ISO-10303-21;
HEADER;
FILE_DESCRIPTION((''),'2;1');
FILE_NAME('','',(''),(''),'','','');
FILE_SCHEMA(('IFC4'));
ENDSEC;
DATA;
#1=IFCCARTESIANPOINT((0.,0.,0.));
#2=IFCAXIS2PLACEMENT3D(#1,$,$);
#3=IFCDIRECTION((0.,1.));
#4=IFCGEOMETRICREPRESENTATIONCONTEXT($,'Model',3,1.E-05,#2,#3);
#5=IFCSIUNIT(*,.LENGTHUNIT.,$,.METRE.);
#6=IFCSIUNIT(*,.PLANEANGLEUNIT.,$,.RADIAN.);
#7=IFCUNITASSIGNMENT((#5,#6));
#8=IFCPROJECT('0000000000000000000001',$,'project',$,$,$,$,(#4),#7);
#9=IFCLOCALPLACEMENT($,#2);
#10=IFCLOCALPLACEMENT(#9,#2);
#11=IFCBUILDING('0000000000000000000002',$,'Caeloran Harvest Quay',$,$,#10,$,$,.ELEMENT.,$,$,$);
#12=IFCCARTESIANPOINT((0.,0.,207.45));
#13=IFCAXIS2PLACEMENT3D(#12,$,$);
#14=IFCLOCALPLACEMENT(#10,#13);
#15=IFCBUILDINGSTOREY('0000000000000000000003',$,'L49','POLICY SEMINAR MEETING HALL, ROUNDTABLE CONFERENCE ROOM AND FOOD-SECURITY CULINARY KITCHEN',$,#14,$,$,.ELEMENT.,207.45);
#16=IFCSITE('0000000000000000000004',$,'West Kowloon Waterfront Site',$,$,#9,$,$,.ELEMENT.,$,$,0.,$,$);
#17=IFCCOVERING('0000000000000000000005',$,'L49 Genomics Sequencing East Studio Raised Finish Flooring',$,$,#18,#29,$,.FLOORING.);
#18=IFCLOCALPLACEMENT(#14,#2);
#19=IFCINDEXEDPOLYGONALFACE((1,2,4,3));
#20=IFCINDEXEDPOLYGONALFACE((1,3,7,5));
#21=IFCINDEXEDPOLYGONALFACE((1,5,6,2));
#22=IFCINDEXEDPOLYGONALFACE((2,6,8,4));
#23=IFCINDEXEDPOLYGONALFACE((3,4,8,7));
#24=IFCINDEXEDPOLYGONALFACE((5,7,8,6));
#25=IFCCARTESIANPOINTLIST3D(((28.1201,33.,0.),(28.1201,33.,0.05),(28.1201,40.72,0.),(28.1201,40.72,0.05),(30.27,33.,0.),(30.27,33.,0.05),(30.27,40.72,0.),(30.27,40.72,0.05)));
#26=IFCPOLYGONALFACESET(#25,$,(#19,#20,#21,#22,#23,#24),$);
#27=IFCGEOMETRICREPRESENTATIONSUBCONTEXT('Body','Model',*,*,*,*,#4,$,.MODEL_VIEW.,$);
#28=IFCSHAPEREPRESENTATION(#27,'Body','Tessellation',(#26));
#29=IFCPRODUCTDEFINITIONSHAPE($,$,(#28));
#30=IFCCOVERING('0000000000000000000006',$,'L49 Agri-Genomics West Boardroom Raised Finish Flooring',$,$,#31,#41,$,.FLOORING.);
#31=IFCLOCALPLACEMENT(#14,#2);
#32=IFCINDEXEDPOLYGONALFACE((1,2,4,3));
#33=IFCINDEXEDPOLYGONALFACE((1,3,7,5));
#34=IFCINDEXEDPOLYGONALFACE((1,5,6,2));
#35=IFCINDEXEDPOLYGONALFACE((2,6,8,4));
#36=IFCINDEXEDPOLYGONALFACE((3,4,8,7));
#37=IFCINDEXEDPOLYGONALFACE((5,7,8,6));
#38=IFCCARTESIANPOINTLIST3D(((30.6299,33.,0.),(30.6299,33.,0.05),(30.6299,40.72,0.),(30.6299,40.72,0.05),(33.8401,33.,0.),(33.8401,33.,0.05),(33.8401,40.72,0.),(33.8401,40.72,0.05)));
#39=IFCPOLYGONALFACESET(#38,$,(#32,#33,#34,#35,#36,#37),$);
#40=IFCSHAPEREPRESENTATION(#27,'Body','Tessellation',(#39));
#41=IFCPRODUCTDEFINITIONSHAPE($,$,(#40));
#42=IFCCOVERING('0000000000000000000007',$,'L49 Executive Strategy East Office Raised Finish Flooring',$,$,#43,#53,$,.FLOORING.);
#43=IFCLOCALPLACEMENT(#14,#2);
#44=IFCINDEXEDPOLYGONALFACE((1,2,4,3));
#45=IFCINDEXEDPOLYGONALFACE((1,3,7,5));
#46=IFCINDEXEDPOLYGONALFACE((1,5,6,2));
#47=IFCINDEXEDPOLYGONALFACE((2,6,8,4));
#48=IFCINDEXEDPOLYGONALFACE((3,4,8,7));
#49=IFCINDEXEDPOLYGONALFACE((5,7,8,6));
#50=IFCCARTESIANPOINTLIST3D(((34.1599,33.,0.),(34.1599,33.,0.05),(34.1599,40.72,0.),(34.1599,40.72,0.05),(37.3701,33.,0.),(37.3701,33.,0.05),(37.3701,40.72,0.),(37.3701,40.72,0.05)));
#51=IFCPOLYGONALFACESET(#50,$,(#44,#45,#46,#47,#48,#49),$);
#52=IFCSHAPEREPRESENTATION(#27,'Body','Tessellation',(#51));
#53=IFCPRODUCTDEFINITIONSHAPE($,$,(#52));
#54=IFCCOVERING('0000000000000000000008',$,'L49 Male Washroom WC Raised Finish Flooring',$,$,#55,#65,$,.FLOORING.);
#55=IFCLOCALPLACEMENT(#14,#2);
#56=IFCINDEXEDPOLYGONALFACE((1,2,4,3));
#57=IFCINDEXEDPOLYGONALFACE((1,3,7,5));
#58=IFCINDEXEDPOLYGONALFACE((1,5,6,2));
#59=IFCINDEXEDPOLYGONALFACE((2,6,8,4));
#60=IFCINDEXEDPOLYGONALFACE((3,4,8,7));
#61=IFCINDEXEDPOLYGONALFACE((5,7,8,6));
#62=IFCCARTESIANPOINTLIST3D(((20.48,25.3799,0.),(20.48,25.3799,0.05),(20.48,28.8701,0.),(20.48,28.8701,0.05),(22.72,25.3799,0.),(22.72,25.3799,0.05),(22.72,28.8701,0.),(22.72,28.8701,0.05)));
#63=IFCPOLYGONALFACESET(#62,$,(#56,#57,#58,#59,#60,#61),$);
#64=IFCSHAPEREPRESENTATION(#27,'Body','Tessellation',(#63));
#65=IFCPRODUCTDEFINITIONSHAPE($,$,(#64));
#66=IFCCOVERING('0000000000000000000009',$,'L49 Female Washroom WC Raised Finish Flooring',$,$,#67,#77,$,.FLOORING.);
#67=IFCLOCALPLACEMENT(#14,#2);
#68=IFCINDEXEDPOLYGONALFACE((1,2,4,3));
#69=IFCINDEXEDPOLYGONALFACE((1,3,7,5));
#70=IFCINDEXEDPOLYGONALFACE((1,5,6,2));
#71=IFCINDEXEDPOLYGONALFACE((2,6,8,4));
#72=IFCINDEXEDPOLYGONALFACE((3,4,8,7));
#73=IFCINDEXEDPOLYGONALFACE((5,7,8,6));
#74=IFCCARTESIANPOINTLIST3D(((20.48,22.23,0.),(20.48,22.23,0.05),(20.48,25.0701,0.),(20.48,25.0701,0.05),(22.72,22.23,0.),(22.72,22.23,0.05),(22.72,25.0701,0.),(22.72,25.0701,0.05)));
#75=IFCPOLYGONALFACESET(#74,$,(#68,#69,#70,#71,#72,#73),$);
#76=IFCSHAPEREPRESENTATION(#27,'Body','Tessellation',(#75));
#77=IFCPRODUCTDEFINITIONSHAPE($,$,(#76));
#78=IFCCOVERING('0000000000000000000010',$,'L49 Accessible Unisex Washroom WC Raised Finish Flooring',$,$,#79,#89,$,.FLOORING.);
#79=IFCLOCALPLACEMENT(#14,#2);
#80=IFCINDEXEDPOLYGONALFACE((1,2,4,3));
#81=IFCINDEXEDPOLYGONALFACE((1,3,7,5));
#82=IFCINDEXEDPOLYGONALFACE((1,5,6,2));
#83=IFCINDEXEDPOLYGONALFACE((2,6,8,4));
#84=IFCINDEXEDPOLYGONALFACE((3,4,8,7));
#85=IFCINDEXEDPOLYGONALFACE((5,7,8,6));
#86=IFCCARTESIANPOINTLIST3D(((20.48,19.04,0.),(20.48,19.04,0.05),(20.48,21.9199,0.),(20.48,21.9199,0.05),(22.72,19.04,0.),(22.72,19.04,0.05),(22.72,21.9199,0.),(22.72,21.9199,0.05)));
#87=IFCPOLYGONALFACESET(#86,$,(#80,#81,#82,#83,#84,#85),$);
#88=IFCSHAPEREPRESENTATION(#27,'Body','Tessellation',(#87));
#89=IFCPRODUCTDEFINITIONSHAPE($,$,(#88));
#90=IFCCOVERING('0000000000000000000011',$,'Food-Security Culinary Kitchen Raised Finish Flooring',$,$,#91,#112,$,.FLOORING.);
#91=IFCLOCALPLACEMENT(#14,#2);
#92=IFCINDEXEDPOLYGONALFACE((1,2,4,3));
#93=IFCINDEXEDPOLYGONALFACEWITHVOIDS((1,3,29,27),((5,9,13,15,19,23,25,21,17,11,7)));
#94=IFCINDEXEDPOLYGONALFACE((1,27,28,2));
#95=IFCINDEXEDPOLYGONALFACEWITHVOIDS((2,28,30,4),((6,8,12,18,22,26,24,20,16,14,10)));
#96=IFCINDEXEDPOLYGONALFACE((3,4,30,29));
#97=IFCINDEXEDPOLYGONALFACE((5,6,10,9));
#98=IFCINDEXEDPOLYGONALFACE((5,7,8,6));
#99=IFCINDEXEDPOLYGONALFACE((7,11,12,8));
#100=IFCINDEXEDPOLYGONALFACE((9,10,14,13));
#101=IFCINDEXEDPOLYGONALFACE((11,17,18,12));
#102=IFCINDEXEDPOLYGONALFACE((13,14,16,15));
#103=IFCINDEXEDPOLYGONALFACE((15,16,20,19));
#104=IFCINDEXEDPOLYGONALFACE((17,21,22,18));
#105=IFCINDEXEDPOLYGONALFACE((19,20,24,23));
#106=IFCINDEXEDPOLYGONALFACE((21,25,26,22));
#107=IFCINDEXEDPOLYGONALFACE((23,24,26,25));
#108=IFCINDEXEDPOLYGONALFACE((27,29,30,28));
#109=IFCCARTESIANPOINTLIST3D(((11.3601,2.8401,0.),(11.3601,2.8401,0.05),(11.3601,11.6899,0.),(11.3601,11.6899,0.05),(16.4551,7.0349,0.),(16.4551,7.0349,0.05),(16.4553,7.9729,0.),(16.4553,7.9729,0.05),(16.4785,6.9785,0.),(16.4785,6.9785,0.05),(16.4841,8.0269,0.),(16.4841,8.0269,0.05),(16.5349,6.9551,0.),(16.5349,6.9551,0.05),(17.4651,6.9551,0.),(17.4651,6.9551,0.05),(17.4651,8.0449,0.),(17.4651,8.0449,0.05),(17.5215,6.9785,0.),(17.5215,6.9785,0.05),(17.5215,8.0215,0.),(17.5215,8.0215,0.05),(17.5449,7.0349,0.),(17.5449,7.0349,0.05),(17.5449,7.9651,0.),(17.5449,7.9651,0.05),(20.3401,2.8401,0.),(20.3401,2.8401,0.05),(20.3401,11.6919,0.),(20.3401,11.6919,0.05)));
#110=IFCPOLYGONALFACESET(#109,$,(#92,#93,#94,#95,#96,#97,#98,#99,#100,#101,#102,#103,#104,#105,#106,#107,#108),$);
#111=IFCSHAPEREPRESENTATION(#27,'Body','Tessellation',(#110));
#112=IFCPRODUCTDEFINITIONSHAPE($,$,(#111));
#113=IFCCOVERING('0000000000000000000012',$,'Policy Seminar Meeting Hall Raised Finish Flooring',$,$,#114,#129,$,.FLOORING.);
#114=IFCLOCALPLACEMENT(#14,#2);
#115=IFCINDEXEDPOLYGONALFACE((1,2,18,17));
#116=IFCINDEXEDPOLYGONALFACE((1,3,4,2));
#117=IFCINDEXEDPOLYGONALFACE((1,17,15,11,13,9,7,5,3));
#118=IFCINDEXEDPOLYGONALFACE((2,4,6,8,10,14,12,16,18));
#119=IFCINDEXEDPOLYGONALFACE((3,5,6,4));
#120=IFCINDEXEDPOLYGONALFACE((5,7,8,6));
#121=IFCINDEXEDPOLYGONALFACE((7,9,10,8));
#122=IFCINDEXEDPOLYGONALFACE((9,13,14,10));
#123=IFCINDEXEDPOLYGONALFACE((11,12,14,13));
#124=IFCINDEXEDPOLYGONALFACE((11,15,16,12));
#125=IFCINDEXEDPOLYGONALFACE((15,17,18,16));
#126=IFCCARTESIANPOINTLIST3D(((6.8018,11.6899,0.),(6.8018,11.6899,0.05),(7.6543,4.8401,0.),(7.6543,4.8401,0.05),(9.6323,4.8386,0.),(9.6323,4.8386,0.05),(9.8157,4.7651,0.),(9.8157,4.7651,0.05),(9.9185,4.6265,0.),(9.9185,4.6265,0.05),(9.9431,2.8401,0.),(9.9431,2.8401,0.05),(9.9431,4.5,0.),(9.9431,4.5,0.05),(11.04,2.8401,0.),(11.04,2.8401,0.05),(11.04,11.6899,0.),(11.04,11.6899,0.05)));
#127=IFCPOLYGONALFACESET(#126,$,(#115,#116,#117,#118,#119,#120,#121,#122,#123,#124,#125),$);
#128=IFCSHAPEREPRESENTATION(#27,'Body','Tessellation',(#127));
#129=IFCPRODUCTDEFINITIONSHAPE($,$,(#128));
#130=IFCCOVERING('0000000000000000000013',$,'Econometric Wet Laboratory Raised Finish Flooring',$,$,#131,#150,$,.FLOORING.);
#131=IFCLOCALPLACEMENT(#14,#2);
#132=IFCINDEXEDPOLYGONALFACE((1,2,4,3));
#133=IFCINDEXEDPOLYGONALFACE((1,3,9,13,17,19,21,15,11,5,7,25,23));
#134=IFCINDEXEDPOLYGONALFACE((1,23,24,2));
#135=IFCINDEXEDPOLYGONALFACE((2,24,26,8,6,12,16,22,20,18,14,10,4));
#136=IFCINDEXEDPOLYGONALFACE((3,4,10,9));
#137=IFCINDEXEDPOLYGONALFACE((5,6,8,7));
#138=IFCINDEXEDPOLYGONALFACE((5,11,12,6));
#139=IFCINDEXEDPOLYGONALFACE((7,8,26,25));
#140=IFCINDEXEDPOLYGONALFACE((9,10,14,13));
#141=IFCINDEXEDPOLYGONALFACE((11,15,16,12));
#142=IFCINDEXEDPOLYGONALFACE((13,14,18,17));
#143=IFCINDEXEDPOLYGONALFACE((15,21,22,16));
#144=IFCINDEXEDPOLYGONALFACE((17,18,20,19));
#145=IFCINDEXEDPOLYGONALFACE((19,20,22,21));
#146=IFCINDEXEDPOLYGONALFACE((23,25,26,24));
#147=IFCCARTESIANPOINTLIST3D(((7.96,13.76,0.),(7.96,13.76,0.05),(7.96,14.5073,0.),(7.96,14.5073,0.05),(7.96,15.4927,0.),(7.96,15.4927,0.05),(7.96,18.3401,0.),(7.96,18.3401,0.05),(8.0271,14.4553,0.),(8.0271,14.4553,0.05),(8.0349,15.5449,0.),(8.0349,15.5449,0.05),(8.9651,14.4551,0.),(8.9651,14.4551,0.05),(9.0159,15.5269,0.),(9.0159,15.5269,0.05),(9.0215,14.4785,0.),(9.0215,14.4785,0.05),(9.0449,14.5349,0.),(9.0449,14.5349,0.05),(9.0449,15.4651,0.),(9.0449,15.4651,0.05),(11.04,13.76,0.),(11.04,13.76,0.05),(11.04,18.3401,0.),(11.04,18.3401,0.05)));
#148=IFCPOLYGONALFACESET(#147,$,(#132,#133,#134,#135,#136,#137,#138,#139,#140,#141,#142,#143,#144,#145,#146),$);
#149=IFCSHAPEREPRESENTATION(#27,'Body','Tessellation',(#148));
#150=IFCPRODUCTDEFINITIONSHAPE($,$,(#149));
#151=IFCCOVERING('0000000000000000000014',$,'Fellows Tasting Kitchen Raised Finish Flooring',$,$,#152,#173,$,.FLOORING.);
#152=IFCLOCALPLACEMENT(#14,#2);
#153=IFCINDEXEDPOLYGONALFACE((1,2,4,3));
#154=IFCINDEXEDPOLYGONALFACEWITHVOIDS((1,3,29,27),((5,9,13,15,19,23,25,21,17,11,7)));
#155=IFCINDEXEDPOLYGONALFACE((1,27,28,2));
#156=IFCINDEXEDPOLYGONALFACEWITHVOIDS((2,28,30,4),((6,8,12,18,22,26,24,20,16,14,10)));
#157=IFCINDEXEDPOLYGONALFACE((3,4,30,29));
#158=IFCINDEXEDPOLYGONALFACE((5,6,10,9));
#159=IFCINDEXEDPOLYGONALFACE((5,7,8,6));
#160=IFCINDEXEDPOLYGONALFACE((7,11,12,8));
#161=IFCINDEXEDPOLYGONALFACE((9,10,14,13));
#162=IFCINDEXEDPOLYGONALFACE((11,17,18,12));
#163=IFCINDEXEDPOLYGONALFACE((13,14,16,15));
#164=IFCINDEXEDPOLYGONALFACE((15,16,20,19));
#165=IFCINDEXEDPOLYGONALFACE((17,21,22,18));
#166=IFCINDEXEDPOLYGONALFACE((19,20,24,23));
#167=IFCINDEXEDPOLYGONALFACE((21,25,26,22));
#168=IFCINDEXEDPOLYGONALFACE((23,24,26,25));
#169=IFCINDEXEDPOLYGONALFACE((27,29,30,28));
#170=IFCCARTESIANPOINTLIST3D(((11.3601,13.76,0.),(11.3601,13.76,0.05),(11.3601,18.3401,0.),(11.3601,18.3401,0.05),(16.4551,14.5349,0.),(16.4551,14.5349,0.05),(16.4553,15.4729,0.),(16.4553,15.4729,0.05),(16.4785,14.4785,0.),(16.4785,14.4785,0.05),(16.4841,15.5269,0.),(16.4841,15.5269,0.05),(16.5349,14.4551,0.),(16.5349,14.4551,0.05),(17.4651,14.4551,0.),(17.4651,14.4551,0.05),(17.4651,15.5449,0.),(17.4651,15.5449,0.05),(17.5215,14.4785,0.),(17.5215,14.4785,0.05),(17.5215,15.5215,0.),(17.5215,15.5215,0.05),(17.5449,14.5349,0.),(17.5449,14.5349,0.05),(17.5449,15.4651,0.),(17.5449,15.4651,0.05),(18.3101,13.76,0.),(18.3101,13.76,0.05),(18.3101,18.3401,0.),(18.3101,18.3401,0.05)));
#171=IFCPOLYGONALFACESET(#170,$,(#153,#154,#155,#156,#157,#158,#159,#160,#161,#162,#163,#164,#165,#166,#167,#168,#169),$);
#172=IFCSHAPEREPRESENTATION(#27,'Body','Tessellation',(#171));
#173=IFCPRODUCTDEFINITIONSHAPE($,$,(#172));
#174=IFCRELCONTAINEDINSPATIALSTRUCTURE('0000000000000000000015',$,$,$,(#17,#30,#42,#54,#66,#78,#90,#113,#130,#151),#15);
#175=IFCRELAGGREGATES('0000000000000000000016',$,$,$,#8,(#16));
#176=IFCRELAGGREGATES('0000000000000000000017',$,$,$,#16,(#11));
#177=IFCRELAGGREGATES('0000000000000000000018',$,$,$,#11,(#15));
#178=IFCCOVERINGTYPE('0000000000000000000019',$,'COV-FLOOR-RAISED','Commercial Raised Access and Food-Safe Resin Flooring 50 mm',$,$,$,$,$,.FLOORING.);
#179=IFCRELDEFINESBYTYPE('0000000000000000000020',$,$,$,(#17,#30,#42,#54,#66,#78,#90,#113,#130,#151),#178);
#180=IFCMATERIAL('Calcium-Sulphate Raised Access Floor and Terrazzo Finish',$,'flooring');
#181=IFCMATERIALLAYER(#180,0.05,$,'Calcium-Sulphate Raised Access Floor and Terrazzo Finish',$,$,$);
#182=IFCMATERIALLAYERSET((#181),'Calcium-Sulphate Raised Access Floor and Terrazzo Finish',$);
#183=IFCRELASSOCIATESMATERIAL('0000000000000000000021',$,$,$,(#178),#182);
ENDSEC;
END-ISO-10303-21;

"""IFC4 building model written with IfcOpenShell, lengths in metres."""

from ifc_helpers import new_model, si_unit, direction, frame, origin, place, context, subcontext, project, spatial, polyline, outline, extrude, material, layer, layer_set, type_object, element, save


model = new_model("IFC4")

# Units and contexts
model_context = context("Model", 3, precision=1e-05, world=origin(), true_north=direction((0.0, 1.0)))
body_context = subcontext(model_context, "Body", "Model", "MODEL_VIEW")
ifc_project = project(units=[si_unit("LENGTHUNIT", "METRE"), si_unit("PLANEANGLEUNIT", "RADIAN")], contexts=[model_context])

# Site, building, storey
site_placement = place(None, origin())
site = spatial("IfcSite", under=ifc_project, at=site_placement, Name="West Kowloon Waterfront Site", CompositionType="ELEMENT", RefElevation=0.0)
building_placement = place(site_placement, origin())
building = spatial("IfcBuilding", under=site, at=building_placement, Name="Caeloran Harvest Quay", CompositionType="ELEMENT")
storey_placement = place(building_placement, frame((0.0, 0.0, 207.45)))
storey = spatial("IfcBuildingStorey", under=building, at=storey_placement, Name="L49", Description="POLICY SEMINAR MEETING HALL, ROUNDTABLE CONFERENCE ROOM AND FOOD-SECURITY CULINARY KITCHEN", CompositionType="ELEMENT", Elevation=207.45)

# Coverings
ifc_material_1 = material(Name="Calcium-Sulphate Raised Access Floor and Terrazzo Finish", Category="flooring")
ifc_layer_1 = layer(ifc_material_1, 0.05, Name="Calcium-Sulphate Raised Access Floor and Terrazzo Finish")
ifc_layer_set_1 = layer_set([ifc_layer_1], Name="Calcium-Sulphate Raised Access Floor and Terrazzo Finish")
covering_type_1 = type_object("IfcCoveringType", Name="COV-FLOOR-RAISED", Description="Commercial Raised Access and Food-Safe Resin Flooring 50 mm", PredefinedType="FLOORING", material=ifc_layer_set_1)
covering_1_placement = place(storey_placement, origin())
element("IfcCovering", 1, at=covering_1_placement, inside=storey, type_object=covering_type_1, Name="L49 Genomics Sequencing East Studio Raised Finish Flooring", PredefinedType="FLOORING", context=body_context, shape_type="SweptSolid", body=[
    extrude(outline(polyline([(30.27, 40.72), (30.27, 33.0), (28.1201, 33.0), (28.1201, 40.72), (30.27, 40.72)])), origin(), (0.0, 0.0, 1.0), 0.05),
])
covering_2_placement = place(storey_placement, origin())
element("IfcCovering", 2, at=covering_2_placement, inside=storey, type_object=covering_type_1, Name="L49 Agri-Genomics West Boardroom Raised Finish Flooring", PredefinedType="FLOORING", context=body_context, shape_type="SweptSolid", body=[
    extrude(outline(polyline([(33.8401, 40.72), (33.8401, 33.0), (30.6299, 33.0), (30.6299, 40.72), (33.8401, 40.72)])), origin(), (0.0, 0.0, 1.0), 0.05),
])
covering_3_placement = place(storey_placement, origin())
element("IfcCovering", 3, at=covering_3_placement, inside=storey, type_object=covering_type_1, Name="L49 Executive Strategy East Office Raised Finish Flooring", PredefinedType="FLOORING", context=body_context, shape_type="SweptSolid", body=[
    extrude(outline(polyline([(37.3701, 40.72), (37.3701, 33.0), (34.1599, 33.0), (34.1599, 40.72), (37.3701, 40.72)])), origin(), (0.0, 0.0, 1.0), 0.05),
])
covering_4_placement = place(storey_placement, origin())
element("IfcCovering", 4, at=covering_4_placement, inside=storey, type_object=covering_type_1, Name="L49 Male Washroom WC Raised Finish Flooring", PredefinedType="FLOORING", context=body_context, shape_type="SweptSolid", body=[
    extrude(outline(polyline([(22.72, 28.8701), (22.72, 25.3799), (20.48, 25.3799), (20.48, 28.8701), (22.72, 28.8701)])), origin(), (0.0, 0.0, 1.0), 0.05),
])
covering_5_placement = place(storey_placement, origin())
element("IfcCovering", 5, at=covering_5_placement, inside=storey, type_object=covering_type_1, Name="L49 Female Washroom WC Raised Finish Flooring", PredefinedType="FLOORING", context=body_context, shape_type="SweptSolid", body=[
    extrude(outline(polyline([(22.72, 25.0701), (22.72, 22.23), (20.48, 22.23), (20.48, 25.0701), (22.72, 25.0701)])), origin(), (0.0, 0.0, 1.0), 0.05),
])
covering_6_placement = place(storey_placement, origin())
element("IfcCovering", 6, at=covering_6_placement, inside=storey, type_object=covering_type_1, Name="L49 Accessible Unisex Washroom WC Raised Finish Flooring", PredefinedType="FLOORING", context=body_context, shape_type="SweptSolid", body=[
    extrude(outline(polyline([(22.72, 21.9199), (22.72, 19.04), (20.48, 19.04), (20.48, 21.9199), (22.72, 21.9199)])), origin(), (0.0, 0.0, 1.0), 0.05),
])
covering_7_placement = place(storey_placement, origin())
element("IfcCovering", 7, at=covering_7_placement, inside=storey, type_object=covering_type_1, Name="Food-Security Culinary Kitchen Raised Finish Flooring", PredefinedType="FLOORING", context=body_context, shape_type="SweptSolid", body=[
    extrude(outline(polyline([(11.3601, 2.8401), (11.3601, 11.6899), (20.3401, 11.6919), (20.3401, 2.8401), (11.3601, 2.8401)]), holes=[polyline([(17.4651, 8.0449), (16.4841, 8.0269), (16.4553, 7.9729), (16.4551, 7.0349), (16.4785, 6.9785), (16.5349, 6.9551), (17.4651, 6.9551), (17.5215, 6.9785), (17.5449, 7.0349), (17.5449, 7.9651), (17.5215, 8.0215), (17.4651, 8.0449)])]), origin(), (0.0, 0.0, 1.0), 0.05),
])
covering_8_placement = place(storey_placement, origin())
element("IfcCovering", 8, at=covering_8_placement, inside=storey, type_object=covering_type_1, Name="Policy Seminar Meeting Hall Raised Finish Flooring", PredefinedType="FLOORING", context=body_context, shape_type="SweptSolid", body=[
    extrude(outline(polyline([(9.9185, 4.6265), (9.8157, 4.7651), (9.6323, 4.8386), (7.6543, 4.8401), (6.8018, 11.6899), (11.04, 11.6899), (11.04, 2.8401), (9.9431, 2.8401), (9.9431, 4.5), (9.9185, 4.6265)])), origin(), (0.0, 0.0, 1.0), 0.05),
])
covering_9_placement = place(storey_placement, origin())
element("IfcCovering", 9, at=covering_9_placement, inside=storey, type_object=covering_type_1, Name="Econometric Wet Laboratory Raised Finish Flooring", PredefinedType="FLOORING", context=body_context, shape_type="SweptSolid", body=[
    extrude(outline(polyline([(7.96, 14.5073), (8.0271, 14.4553), (8.9651, 14.4551), (9.0215, 14.4785), (9.0449, 14.5349), (9.0449, 15.4651), (9.0159, 15.5269), (8.0349, 15.5449), (7.96, 15.4927), (7.96, 18.3401), (11.04, 18.3401), (11.04, 13.76), (7.96, 13.76), (7.96, 14.5073)])), origin(), (0.0, 0.0, 1.0), 0.05),
])
covering_10_placement = place(storey_placement, origin())
element("IfcCovering", 10, at=covering_10_placement, inside=storey, type_object=covering_type_1, Name="Fellows Tasting Kitchen Raised Finish Flooring", PredefinedType="FLOORING", context=body_context, shape_type="SweptSolid", body=[
    extrude(outline(polyline([(18.3101, 18.3401), (18.3101, 13.76), (11.3601, 13.76), (11.3601, 18.3401), (18.3101, 18.3401)]), holes=[polyline([(17.4651, 15.5449), (16.4841, 15.5269), (16.4553, 15.4729), (16.4551, 14.5349), (16.4785, 14.4785), (16.5349, 14.4551), (17.4651, 14.4551), (17.5215, 14.4785), (17.5449, 14.5349), (17.5449, 15.4651), (17.5215, 15.5215), (17.4651, 15.5449)])]), origin(), (0.0, 0.0, 1.0), 0.05),
])

save(model, "model.ifc")
